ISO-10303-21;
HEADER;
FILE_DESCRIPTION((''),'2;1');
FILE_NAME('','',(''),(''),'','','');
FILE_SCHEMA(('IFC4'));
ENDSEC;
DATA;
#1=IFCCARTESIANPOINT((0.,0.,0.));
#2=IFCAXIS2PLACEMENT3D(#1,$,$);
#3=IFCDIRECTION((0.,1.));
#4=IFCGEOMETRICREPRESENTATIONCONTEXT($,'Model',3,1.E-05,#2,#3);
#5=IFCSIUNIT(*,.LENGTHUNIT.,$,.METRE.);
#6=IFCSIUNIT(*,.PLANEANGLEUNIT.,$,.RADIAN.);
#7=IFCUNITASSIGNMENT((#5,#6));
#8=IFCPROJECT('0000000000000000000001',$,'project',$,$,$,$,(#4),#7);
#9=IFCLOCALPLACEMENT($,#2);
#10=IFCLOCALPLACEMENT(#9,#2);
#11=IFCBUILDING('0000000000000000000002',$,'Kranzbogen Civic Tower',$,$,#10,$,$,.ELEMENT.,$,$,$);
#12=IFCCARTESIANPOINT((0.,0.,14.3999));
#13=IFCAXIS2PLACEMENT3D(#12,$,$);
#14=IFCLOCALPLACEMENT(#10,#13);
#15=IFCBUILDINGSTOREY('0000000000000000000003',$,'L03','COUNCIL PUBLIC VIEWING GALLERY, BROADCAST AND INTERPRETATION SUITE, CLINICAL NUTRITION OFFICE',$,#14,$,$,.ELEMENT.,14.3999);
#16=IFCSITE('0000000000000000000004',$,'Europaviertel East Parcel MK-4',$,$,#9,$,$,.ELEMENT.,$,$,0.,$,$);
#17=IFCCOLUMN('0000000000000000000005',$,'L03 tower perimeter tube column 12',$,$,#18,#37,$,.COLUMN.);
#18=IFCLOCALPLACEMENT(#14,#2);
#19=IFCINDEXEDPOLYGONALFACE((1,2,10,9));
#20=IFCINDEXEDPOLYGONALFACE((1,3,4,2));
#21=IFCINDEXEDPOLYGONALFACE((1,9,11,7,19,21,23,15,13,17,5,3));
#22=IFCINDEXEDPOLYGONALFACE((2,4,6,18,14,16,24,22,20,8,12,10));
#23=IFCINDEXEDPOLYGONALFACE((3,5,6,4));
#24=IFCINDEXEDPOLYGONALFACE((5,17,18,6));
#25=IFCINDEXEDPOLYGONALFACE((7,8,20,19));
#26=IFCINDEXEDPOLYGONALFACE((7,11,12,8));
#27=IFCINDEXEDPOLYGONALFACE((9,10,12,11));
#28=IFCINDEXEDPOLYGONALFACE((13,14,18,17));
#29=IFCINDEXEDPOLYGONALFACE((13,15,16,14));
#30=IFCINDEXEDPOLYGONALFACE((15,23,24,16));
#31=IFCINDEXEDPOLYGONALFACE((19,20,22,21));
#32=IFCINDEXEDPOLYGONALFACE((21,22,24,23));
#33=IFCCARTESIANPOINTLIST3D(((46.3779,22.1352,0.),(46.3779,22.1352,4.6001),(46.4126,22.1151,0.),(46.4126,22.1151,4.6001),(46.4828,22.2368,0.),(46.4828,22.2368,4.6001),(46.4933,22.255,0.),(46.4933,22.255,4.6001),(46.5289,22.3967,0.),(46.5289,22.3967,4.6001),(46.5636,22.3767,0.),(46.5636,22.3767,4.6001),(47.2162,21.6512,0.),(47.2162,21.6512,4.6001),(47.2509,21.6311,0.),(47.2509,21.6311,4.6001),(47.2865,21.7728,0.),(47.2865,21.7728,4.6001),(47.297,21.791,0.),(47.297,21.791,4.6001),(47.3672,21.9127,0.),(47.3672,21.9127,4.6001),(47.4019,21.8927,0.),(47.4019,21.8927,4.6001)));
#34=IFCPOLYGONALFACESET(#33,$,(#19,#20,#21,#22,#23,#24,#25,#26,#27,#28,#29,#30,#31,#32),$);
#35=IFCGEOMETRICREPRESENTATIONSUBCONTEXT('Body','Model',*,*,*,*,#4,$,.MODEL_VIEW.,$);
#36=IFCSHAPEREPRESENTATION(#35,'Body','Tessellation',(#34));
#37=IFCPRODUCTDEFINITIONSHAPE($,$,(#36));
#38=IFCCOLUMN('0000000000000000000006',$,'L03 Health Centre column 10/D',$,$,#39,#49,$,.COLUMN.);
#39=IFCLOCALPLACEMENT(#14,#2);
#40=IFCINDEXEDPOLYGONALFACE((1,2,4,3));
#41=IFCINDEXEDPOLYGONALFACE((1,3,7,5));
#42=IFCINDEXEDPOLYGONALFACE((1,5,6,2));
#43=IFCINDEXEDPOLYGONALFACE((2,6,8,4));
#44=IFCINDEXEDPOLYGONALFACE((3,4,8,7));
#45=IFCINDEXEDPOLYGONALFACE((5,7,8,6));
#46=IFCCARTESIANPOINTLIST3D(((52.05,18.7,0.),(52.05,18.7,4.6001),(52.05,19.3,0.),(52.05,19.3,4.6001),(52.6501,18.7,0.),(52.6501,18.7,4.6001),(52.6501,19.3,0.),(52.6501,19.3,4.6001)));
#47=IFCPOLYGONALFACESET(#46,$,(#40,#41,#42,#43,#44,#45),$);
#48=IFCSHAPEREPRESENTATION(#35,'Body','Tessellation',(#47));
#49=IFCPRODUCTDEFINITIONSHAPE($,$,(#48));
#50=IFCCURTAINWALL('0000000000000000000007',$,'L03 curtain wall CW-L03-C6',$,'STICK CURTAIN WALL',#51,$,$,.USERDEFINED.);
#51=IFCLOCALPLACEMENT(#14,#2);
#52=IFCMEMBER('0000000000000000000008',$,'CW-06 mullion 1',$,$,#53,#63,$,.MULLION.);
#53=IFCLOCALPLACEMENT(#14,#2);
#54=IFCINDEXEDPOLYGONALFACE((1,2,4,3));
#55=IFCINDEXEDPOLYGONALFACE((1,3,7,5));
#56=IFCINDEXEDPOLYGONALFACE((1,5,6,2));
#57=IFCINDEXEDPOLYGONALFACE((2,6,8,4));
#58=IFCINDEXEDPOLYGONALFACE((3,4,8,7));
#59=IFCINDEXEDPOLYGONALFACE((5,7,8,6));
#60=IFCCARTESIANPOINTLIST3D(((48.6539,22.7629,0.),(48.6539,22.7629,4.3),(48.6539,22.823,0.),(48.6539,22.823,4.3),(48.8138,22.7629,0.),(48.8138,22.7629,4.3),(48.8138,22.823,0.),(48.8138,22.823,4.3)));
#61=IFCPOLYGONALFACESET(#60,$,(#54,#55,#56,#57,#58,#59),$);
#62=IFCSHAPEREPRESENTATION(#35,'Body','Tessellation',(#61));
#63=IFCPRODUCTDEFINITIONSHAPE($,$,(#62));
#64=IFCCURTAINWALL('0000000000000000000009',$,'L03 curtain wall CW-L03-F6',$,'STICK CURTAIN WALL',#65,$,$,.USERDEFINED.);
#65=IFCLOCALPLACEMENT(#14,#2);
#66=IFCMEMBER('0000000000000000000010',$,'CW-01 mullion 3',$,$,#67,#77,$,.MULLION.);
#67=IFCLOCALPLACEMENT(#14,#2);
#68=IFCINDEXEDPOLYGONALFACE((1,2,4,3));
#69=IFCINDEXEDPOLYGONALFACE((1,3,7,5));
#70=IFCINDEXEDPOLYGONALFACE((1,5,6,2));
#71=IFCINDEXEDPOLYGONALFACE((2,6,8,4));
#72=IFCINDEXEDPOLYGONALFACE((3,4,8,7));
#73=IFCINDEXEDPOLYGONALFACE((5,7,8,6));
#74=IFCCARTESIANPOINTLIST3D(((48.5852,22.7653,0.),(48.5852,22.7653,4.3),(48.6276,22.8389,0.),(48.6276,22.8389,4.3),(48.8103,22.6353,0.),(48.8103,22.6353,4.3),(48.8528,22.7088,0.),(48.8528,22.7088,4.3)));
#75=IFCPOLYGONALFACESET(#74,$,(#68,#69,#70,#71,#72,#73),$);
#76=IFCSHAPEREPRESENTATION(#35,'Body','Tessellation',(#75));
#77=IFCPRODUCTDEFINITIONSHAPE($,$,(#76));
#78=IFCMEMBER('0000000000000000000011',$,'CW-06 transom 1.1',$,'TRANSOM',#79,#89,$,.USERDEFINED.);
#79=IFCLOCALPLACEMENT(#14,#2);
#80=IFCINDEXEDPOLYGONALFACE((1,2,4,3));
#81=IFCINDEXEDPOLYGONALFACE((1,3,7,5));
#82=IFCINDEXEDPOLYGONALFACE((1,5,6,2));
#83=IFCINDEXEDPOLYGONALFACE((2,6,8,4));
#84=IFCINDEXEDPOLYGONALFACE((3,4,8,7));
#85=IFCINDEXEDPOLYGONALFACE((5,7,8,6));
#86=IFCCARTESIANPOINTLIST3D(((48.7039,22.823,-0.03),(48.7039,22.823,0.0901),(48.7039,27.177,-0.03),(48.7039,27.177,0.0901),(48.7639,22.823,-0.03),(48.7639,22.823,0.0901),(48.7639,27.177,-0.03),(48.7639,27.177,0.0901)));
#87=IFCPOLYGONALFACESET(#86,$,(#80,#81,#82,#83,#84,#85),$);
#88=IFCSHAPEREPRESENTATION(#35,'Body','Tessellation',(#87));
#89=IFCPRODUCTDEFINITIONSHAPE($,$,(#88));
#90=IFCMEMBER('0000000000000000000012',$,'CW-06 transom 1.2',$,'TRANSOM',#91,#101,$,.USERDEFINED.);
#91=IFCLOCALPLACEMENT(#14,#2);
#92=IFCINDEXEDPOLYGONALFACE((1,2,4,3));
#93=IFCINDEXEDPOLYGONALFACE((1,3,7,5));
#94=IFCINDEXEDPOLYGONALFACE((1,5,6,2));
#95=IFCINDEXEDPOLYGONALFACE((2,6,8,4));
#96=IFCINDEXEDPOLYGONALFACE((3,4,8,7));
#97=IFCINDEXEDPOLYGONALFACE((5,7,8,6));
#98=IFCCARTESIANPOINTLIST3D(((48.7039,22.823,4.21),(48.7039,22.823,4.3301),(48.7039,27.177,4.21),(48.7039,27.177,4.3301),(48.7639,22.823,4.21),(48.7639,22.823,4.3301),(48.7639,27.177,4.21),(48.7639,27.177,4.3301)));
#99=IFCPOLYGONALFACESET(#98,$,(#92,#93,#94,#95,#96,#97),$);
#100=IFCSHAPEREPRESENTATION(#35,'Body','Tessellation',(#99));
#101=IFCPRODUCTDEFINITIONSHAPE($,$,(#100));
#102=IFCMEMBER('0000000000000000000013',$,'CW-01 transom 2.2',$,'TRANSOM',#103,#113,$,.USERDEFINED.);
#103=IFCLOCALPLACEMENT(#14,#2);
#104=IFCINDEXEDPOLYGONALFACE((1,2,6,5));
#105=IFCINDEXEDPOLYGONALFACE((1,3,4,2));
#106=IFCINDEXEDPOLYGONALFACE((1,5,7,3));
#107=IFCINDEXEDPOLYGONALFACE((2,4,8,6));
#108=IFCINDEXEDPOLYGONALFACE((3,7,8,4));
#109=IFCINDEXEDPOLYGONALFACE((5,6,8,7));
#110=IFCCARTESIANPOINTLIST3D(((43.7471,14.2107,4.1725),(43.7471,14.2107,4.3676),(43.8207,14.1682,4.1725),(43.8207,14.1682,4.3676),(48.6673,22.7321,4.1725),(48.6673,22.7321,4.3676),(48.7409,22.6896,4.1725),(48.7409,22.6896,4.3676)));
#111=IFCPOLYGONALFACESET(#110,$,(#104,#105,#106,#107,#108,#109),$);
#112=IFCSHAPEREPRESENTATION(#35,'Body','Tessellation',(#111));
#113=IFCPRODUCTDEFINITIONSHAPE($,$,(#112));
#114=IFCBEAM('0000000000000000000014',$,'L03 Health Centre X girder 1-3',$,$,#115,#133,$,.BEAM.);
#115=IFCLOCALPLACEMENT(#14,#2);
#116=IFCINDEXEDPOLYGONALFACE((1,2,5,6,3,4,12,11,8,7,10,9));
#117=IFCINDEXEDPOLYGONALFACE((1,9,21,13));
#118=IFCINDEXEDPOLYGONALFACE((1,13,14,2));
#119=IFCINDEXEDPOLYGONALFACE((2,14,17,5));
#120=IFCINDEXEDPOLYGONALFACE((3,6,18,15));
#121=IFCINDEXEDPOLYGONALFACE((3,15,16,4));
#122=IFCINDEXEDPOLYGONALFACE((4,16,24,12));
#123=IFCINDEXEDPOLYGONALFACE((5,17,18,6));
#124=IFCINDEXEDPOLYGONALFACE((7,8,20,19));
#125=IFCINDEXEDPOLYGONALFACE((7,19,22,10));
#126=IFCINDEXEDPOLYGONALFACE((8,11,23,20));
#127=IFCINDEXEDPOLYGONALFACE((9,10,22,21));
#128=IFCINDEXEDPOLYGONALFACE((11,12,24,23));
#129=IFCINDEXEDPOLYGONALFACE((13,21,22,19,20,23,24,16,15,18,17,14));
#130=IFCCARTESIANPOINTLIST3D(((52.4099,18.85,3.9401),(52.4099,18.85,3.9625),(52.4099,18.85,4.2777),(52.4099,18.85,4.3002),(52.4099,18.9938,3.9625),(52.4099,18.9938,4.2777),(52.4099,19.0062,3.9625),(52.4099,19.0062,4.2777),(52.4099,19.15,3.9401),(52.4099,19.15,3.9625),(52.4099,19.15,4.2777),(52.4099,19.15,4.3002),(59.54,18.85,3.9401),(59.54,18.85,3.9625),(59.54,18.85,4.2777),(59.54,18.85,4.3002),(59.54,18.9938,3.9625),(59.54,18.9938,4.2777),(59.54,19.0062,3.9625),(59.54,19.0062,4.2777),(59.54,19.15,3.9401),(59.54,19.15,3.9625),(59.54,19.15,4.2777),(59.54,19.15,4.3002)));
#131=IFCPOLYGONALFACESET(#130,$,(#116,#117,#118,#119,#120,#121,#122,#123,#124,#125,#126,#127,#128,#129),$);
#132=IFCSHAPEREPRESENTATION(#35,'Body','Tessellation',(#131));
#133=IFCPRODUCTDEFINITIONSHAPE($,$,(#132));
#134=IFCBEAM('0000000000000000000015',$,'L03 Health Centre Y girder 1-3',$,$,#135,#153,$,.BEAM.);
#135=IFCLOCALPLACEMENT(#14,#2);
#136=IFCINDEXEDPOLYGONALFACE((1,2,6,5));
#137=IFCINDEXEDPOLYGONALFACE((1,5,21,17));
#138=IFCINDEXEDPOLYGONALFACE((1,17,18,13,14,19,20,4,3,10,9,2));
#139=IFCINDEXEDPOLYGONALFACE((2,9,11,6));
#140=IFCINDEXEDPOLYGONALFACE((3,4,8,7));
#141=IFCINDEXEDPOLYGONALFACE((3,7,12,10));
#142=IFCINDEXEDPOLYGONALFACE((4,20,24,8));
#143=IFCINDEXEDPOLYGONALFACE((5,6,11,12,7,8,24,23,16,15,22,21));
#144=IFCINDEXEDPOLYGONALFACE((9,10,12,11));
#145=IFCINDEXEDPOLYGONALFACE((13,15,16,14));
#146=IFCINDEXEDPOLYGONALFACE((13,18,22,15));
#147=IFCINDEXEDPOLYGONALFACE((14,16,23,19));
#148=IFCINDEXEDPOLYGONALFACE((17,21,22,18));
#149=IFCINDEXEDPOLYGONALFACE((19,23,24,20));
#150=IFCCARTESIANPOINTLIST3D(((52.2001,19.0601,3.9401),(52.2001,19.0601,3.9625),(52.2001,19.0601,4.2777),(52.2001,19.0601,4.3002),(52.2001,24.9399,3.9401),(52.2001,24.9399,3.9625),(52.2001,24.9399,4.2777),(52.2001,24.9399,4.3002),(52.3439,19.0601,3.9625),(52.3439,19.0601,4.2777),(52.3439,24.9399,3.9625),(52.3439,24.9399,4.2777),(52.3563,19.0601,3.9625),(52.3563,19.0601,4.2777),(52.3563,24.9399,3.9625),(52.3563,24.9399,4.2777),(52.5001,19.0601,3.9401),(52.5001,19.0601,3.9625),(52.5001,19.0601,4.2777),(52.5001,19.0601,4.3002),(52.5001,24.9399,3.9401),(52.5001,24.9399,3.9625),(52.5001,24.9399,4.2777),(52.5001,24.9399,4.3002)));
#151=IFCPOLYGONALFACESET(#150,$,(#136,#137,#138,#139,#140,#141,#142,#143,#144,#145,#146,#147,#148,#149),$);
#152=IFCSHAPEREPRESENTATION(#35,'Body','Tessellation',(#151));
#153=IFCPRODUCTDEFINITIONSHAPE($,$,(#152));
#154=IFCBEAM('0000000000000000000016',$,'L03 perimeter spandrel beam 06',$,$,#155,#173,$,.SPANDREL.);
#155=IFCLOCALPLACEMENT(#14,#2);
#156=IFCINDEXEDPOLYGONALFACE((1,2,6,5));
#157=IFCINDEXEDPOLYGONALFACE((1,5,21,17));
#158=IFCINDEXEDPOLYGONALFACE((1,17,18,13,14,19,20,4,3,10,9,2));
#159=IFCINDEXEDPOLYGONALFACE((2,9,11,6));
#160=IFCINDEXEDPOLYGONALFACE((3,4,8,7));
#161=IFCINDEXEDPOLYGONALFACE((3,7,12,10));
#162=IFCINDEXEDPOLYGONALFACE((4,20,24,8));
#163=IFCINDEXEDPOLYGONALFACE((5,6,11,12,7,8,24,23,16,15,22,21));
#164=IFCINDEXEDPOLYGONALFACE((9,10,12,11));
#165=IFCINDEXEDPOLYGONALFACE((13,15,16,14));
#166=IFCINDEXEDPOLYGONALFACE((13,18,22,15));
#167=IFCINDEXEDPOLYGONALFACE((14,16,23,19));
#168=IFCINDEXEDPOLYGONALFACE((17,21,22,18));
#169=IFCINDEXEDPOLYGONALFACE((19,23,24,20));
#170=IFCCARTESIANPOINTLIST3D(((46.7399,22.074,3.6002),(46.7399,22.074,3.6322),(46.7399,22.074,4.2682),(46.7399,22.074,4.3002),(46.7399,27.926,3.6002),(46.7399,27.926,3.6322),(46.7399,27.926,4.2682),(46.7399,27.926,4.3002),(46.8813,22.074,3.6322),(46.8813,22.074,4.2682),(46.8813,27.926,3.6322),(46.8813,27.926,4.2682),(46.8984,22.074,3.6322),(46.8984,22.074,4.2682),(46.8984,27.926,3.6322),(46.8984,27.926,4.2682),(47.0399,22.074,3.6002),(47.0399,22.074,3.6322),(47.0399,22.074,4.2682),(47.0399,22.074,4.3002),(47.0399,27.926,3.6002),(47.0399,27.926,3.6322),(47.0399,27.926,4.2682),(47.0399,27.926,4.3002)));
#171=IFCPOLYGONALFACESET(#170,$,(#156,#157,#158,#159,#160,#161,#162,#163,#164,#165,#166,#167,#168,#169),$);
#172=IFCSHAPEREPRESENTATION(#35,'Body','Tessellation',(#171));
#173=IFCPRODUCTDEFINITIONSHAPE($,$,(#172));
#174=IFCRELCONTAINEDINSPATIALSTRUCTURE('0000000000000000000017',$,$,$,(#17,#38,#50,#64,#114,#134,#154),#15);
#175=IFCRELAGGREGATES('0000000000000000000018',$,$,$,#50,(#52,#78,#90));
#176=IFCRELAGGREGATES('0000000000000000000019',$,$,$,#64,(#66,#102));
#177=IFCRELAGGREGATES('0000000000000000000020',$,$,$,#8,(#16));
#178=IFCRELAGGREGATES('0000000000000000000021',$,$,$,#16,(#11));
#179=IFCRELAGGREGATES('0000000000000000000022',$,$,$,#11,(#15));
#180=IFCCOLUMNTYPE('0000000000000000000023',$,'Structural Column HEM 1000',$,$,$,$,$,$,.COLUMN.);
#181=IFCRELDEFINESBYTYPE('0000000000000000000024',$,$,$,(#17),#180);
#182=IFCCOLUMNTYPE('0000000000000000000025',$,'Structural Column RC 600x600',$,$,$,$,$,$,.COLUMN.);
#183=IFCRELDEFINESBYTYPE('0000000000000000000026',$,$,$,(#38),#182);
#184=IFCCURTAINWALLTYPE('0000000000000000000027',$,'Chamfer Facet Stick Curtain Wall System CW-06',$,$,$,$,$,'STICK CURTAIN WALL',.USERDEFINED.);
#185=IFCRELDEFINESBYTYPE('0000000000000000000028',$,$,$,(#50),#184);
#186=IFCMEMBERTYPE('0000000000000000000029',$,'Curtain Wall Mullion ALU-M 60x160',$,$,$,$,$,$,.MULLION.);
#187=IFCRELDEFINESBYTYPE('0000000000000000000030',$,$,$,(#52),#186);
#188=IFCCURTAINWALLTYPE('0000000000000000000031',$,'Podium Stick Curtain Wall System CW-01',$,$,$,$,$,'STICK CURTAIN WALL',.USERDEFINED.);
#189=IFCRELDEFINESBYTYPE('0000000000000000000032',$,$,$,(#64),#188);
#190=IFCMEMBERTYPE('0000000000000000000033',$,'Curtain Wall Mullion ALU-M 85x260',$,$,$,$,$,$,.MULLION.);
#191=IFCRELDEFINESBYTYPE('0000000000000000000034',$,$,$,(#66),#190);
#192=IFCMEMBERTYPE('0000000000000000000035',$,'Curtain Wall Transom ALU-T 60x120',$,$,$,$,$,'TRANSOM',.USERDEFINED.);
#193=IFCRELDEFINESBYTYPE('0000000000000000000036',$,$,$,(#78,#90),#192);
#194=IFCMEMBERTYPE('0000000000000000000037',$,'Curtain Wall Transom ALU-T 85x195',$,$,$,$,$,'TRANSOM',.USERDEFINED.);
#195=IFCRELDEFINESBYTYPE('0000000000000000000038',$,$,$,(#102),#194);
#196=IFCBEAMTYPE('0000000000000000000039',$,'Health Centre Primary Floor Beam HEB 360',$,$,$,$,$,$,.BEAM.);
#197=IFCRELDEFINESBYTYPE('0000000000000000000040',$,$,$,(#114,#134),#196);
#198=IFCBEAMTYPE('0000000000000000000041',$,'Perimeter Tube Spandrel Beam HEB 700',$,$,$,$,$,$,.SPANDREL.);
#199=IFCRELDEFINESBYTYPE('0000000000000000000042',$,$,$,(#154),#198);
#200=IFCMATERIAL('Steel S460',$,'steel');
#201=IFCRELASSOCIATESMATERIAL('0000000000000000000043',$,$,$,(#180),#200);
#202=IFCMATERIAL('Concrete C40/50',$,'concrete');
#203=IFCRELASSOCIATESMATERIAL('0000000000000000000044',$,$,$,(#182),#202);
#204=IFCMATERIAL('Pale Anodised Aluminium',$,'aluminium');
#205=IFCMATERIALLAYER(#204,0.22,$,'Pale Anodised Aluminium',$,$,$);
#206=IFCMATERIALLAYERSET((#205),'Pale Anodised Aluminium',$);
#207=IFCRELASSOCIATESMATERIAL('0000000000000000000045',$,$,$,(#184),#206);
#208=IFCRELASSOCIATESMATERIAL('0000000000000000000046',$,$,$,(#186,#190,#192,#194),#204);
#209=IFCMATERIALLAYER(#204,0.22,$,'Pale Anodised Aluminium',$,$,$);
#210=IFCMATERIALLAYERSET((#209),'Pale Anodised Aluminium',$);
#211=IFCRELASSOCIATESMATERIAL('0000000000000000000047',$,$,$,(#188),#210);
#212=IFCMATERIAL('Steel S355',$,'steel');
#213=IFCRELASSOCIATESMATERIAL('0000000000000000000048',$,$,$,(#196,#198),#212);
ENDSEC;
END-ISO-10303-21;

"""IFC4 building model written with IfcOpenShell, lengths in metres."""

from ifc_helpers import new_model, si_unit, direction, frame, origin, origin_2d, place, context, subcontext, project, spatial, rectangle, i_section, extrude, material, layer, layer_set, material_profile, profile_set, type_object, element, aggregate, save


model = new_model("IFC4")

# Units and contexts
model_context = context("Model", 3, precision=1e-05, world=origin(), true_north=direction((0.0, 1.0)))
body_context = subcontext(model_context, "Body", "Model", "MODEL_VIEW")
ifc_project = project(units=[si_unit("LENGTHUNIT", "METRE"), si_unit("PLANEANGLEUNIT", "RADIAN")], contexts=[model_context])

# Site, building, storey
site_placement = place(None, origin())
site = spatial("IfcSite", under=ifc_project, at=site_placement, Name="Europaviertel East Parcel MK-4", CompositionType="ELEMENT", RefElevation=0.0)
building_placement = place(site_placement, origin())
building = spatial("IfcBuilding", under=site, at=building_placement, Name="Kranzbogen Civic Tower", CompositionType="ELEMENT")
storey_placement = place(building_placement, frame((0.0, 0.0, 14.3999)))
storey = spatial("IfcBuildingStorey", under=building, at=storey_placement, Name="L03", Description="COUNCIL PUBLIC VIEWING GALLERY, BROADCAST AND INTERPRETATION SUITE, CLINICAL NUTRITION OFFICE", CompositionType="ELEMENT", Elevation=14.3999)

# Columns
ifc_material_1 = material(Name="Steel S460", Category="steel")
ifc_material_profile_1 = material_profile(ifc_material_1, i_section(OverallWidth=0.302, OverallDepth=1.0081, WebThickness=0.021, FlangeThickness=0.04, at=origin_2d()), Name="HEM 1000")
ifc_profile_set_1 = profile_set([ifc_material_profile_1], Name="Steel S460")
column_type_1 = type_object("IfcColumnType", Name="Structural Column HEM 1000", PredefinedType="COLUMN", material=ifc_profile_set_1)
column_1_placement = place(storey_placement, frame((46.8899, 22.0139, 0.0), z_axis=(0.0, 0.0, 1.0), x_axis=(0.5, 0.866025, 0.0)))
element("IfcColumn", 1, at=column_1_placement, inside=storey, type_object=column_type_1, Name="L03 tower perimeter tube column 12", PredefinedType="COLUMN", context=body_context, shape_type="SweptSolid", body=[
    extrude(i_section(OverallWidth=0.302, OverallDepth=1.0081, WebThickness=0.021, FlangeThickness=0.04, at=origin_2d()), origin(), (0.0, 0.0, 1.0), 4.6001),
])
ifc_material_2 = material(Name="Concrete C40/50", Category="concrete")
ifc_material_profile_2 = material_profile(ifc_material_2, rectangle(XDim=0.6001, YDim=0.6001, at=origin_2d()), Name="RC 600x600")
ifc_profile_set_2 = profile_set([ifc_material_profile_2], Name="Concrete C40/50")
column_type_2 = type_object("IfcColumnType", Name="Structural Column RC 600x600", PredefinedType="COLUMN", material=ifc_profile_set_2)
column_2_placement = place(storey_placement, frame((52.3501, 19.0, 0.0), z_axis=(0.0, 0.0, 1.0), x_axis=(1.0, 0.0, 0.0)))
element("IfcColumn", 2, at=column_2_placement, inside=storey, type_object=column_type_2, Name="L03 Health Centre column 10/D", PredefinedType="COLUMN", context=body_context, shape_type="SweptSolid", body=[
    extrude(rectangle(XDim=0.6001, YDim=0.6001, at=origin_2d()), origin(), (0.0, 0.0, 1.0), 4.6001),
])

# Curtain walls, members
ifc_material_3 = material(Name="Pale Anodised Aluminium", Category="aluminium")
ifc_layer_1 = layer(ifc_material_3, 0.22, Name="Pale Anodised Aluminium")
ifc_layer_set_1 = layer_set([ifc_layer_1], Name="Pale Anodised Aluminium")
curtain_wall_type_1 = type_object("IfcCurtainWallType", Name="Chamfer Facet Stick Curtain Wall System CW-06", ElementType="STICK CURTAIN WALL", PredefinedType="USERDEFINED", material=ifc_layer_set_1)
curtain_wall_1_placement = place(storey_placement, origin())
curtain_wall_1 = element("IfcCurtainWall", 3, at=curtain_wall_1_placement, inside=storey, type_object=curtain_wall_type_1, Name="L03 curtain wall CW-L03-C6", ObjectType="STICK CURTAIN WALL", PredefinedType="USERDEFINED")
ifc_material_profile_3 = material_profile(ifc_material_3, rectangle(XDim=0.0601, YDim=0.1599, at=origin_2d()), Name="ALU-M 60x160")
ifc_profile_set_3 = profile_set([ifc_material_profile_3], Name="Pale Anodised Aluminium")
member_type_1 = type_object("IfcMemberType", Name="Curtain Wall Mullion ALU-M 60x160", PredefinedType="MULLION", material=ifc_profile_set_3)
member_1_placement = place(storey_placement, frame((48.7339, 22.793, 0.0), z_axis=(0.0, 0.0, 1.0), x_axis=(0.0, 1.0, 0.0)))
member_1 = element("IfcMember", 4, at=member_1_placement, type_object=member_type_1, Name="CW-06 mullion 1", PredefinedType="MULLION", context=body_context, shape_type="SweptSolid", body=[
    extrude(rectangle(XDim=0.0601, YDim=0.1599, at=origin_2d()), origin(), (0.0, 0.0, 1.0), 4.3),
])
ifc_layer_2 = layer(ifc_material_3, 0.22, Name="Pale Anodised Aluminium")
ifc_layer_set_2 = layer_set([ifc_layer_2], Name="Pale Anodised Aluminium")
curtain_wall_type_2 = type_object("IfcCurtainWallType", Name="Podium Stick Curtain Wall System CW-01", ElementType="STICK CURTAIN WALL", PredefinedType="USERDEFINED", material=ifc_layer_set_2)
curtain_wall_2_placement = place(storey_placement, origin())
curtain_wall_2 = element("IfcCurtainWall", 5, at=curtain_wall_2_placement, inside=storey, type_object=curtain_wall_type_2, Name="L03 curtain wall CW-L03-F6", ObjectType="STICK CURTAIN WALL", PredefinedType="USERDEFINED")
ifc_material_profile_4 = material_profile(ifc_material_3, rectangle(XDim=0.085, YDim=0.26, at=origin_2d()), Name="ALU-M 85x260")
ifc_profile_set_4 = profile_set([ifc_material_profile_4], Name="Pale Anodised Aluminium")
member_type_2 = type_object("IfcMemberType", Name="Curtain Wall Mullion ALU-M 85x260", PredefinedType="MULLION", material=ifc_profile_set_4)
member_2_placement = place(storey_placement, frame((48.719, 22.7371, 0.0), z_axis=(0.0, 0.0, 1.0), x_axis=(0.500006, 0.866022, 0.0)))
member_2 = element("IfcMember", 6, at=member_2_placement, type_object=member_type_2, Name="CW-01 mullion 3", PredefinedType="MULLION", context=body_context, shape_type="SweptSolid", body=[
    extrude(rectangle(XDim=0.085, YDim=0.26, at=origin_2d()), origin(), (0.0, 0.0, 1.0), 4.3),
])

# Members
ifc_material_profile_5 = material_profile(ifc_material_3, rectangle(XDim=0.0601, YDim=0.1201, at=origin_2d()), Name="ALU-T 60x120")
ifc_profile_set_5 = profile_set([ifc_material_profile_5], Name="Pale Anodised Aluminium")
member_type_3 = type_object("IfcMemberType", Name="Curtain Wall Transom ALU-T 60x120", ElementType="TRANSOM", PredefinedType="USERDEFINED", material=ifc_profile_set_5)
member_3_placement = place(storey_placement, frame((48.7339, 22.823, 0.03), z_axis=(0.0, 1.0, 0.0), x_axis=(-1.0, 0.0, 0.0)))
member_3 = element("IfcMember", 7, at=member_3_placement, type_object=member_type_3, Name="CW-06 transom 1.1", ObjectType="TRANSOM", PredefinedType="USERDEFINED", context=body_context, shape_type="SweptSolid", body=[
    extrude(rectangle(XDim=0.0601, YDim=0.1201, at=origin_2d()), origin(), (0.0, 0.0, 1.0), 4.354),
])
member_4_placement = place(storey_placement, frame((48.7339, 22.823, 4.27), z_axis=(0.0, 1.0, 0.0), x_axis=(-1.0, 0.0, 0.0)))
member_4 = element("IfcMember", 8, at=member_4_placement, type_object=member_type_3, Name="CW-06 transom 1.2", ObjectType="TRANSOM", PredefinedType="USERDEFINED", context=body_context, shape_type="SweptSolid", body=[
    extrude(rectangle(XDim=0.0601, YDim=0.1201, at=origin_2d()), origin(), (0.0, 0.0, 1.0), 4.354),
])
aggregate(curtain_wall_1, [member_1, member_3, member_4])
ifc_material_profile_6 = material_profile(ifc_material_3, rectangle(XDim=0.085, YDim=0.1951, at=origin_2d()), Name="ALU-T 85x195")
ifc_profile_set_6 = profile_set([ifc_material_profile_6], Name="Pale Anodised Aluminium")
member_type_4 = type_object("IfcMemberType", Name="Curtain Wall Transom ALU-T 85x195", ElementType="TRANSOM", PredefinedType="USERDEFINED", material=ifc_profile_set_6)
member_5_placement = place(storey_placement, frame((43.7839, 14.1895, 4.27), z_axis=(0.500022, 0.866013, 0.0), x_axis=(-0.866013, 0.500022, 0.0)))
member_5 = element("IfcMember", 9, at=member_5_placement, type_object=member_type_4, Name="CW-01 transom 2.2", ObjectType="TRANSOM", PredefinedType="USERDEFINED", context=body_context, shape_type="SweptSolid", body=[
    extrude(rectangle(XDim=0.085, YDim=0.1951, at=origin_2d()), origin(), (0.0, 0.0, 1.0), 9.8398),
])

# Beams
ifc_material_4 = material(Name="Steel S355", Category="steel")
ifc_material_profile_7 = material_profile(ifc_material_4, i_section(OverallWidth=0.3, OverallDepth=0.3601, WebThickness=0.0125, FlangeThickness=0.0225, at=origin_2d()), Name="HEB 360")
ifc_profile_set_7 = profile_set([ifc_material_profile_7], Name="Steel S355")
beam_type_1 = type_object("IfcBeamType", Name="Health Centre Primary Floor Beam HEB 360", PredefinedType="BEAM", material=ifc_profile_set_7)
beam_1_placement = place(storey_placement, frame((52.4099, 19.0, 4.1201), z_axis=(1.0, 0.0, 0.0), x_axis=(0.0, 1.0, 0.0)))
element("IfcBeam", 10, at=beam_1_placement, inside=storey, type_object=beam_type_1, Name="L03 Health Centre X girder 1-3", PredefinedType="BEAM", context=body_context, shape_type="SweptSolid", body=[
    extrude(i_section(OverallWidth=0.3, OverallDepth=0.3601, WebThickness=0.0125, FlangeThickness=0.0225, at=origin_2d()), origin(), (0.0, 0.0, 1.0), 7.1301),
])
beam_2_placement = place(storey_placement, frame((52.3501, 19.0601, 4.1201), z_axis=(0.0, 1.0, 0.0), x_axis=(-1.0, 0.0, 0.0)))
element("IfcBeam", 11, at=beam_2_placement, inside=storey, type_object=beam_type_1, Name="L03 Health Centre Y girder 1-3", PredefinedType="BEAM", context=body_context, shape_type="SweptSolid", body=[
    extrude(i_section(OverallWidth=0.3, OverallDepth=0.3601, WebThickness=0.0125, FlangeThickness=0.0225, at=origin_2d()), origin(), (0.0, 0.0, 1.0), 5.8799),
])
ifc_material_profile_8 = material_profile(ifc_material_4, i_section(OverallWidth=0.3, OverallDepth=0.7, WebThickness=0.0171, FlangeThickness=0.032, at=origin_2d()), Name="HEB 700")
ifc_profile_set_8 = profile_set([ifc_material_profile_8], Name="Steel S355")
beam_type_2 = type_object("IfcBeamType", Name="Perimeter Tube Spandrel Beam HEB 700", PredefinedType="SPANDREL", material=ifc_profile_set_8)
beam_3_placement = place(storey_placement, frame((46.8899, 22.074, 3.9502), z_axis=(0.0, 1.0, 0.0), x_axis=(-1.0, 0.0, 0.0)))
element("IfcBeam", 12, at=beam_3_placement, inside=storey, type_object=beam_type_2, Name="L03 perimeter spandrel beam 06", PredefinedType="SPANDREL", context=body_context, shape_type="SweptSolid", body=[
    extrude(i_section(OverallWidth=0.3, OverallDepth=0.7, WebThickness=0.0171, FlangeThickness=0.032, at=origin_2d()), origin(), (0.0, 0.0, 1.0), 5.8521),
])

aggregate(curtain_wall_2, [member_2, member_5])

save(model, "model.ifc")
